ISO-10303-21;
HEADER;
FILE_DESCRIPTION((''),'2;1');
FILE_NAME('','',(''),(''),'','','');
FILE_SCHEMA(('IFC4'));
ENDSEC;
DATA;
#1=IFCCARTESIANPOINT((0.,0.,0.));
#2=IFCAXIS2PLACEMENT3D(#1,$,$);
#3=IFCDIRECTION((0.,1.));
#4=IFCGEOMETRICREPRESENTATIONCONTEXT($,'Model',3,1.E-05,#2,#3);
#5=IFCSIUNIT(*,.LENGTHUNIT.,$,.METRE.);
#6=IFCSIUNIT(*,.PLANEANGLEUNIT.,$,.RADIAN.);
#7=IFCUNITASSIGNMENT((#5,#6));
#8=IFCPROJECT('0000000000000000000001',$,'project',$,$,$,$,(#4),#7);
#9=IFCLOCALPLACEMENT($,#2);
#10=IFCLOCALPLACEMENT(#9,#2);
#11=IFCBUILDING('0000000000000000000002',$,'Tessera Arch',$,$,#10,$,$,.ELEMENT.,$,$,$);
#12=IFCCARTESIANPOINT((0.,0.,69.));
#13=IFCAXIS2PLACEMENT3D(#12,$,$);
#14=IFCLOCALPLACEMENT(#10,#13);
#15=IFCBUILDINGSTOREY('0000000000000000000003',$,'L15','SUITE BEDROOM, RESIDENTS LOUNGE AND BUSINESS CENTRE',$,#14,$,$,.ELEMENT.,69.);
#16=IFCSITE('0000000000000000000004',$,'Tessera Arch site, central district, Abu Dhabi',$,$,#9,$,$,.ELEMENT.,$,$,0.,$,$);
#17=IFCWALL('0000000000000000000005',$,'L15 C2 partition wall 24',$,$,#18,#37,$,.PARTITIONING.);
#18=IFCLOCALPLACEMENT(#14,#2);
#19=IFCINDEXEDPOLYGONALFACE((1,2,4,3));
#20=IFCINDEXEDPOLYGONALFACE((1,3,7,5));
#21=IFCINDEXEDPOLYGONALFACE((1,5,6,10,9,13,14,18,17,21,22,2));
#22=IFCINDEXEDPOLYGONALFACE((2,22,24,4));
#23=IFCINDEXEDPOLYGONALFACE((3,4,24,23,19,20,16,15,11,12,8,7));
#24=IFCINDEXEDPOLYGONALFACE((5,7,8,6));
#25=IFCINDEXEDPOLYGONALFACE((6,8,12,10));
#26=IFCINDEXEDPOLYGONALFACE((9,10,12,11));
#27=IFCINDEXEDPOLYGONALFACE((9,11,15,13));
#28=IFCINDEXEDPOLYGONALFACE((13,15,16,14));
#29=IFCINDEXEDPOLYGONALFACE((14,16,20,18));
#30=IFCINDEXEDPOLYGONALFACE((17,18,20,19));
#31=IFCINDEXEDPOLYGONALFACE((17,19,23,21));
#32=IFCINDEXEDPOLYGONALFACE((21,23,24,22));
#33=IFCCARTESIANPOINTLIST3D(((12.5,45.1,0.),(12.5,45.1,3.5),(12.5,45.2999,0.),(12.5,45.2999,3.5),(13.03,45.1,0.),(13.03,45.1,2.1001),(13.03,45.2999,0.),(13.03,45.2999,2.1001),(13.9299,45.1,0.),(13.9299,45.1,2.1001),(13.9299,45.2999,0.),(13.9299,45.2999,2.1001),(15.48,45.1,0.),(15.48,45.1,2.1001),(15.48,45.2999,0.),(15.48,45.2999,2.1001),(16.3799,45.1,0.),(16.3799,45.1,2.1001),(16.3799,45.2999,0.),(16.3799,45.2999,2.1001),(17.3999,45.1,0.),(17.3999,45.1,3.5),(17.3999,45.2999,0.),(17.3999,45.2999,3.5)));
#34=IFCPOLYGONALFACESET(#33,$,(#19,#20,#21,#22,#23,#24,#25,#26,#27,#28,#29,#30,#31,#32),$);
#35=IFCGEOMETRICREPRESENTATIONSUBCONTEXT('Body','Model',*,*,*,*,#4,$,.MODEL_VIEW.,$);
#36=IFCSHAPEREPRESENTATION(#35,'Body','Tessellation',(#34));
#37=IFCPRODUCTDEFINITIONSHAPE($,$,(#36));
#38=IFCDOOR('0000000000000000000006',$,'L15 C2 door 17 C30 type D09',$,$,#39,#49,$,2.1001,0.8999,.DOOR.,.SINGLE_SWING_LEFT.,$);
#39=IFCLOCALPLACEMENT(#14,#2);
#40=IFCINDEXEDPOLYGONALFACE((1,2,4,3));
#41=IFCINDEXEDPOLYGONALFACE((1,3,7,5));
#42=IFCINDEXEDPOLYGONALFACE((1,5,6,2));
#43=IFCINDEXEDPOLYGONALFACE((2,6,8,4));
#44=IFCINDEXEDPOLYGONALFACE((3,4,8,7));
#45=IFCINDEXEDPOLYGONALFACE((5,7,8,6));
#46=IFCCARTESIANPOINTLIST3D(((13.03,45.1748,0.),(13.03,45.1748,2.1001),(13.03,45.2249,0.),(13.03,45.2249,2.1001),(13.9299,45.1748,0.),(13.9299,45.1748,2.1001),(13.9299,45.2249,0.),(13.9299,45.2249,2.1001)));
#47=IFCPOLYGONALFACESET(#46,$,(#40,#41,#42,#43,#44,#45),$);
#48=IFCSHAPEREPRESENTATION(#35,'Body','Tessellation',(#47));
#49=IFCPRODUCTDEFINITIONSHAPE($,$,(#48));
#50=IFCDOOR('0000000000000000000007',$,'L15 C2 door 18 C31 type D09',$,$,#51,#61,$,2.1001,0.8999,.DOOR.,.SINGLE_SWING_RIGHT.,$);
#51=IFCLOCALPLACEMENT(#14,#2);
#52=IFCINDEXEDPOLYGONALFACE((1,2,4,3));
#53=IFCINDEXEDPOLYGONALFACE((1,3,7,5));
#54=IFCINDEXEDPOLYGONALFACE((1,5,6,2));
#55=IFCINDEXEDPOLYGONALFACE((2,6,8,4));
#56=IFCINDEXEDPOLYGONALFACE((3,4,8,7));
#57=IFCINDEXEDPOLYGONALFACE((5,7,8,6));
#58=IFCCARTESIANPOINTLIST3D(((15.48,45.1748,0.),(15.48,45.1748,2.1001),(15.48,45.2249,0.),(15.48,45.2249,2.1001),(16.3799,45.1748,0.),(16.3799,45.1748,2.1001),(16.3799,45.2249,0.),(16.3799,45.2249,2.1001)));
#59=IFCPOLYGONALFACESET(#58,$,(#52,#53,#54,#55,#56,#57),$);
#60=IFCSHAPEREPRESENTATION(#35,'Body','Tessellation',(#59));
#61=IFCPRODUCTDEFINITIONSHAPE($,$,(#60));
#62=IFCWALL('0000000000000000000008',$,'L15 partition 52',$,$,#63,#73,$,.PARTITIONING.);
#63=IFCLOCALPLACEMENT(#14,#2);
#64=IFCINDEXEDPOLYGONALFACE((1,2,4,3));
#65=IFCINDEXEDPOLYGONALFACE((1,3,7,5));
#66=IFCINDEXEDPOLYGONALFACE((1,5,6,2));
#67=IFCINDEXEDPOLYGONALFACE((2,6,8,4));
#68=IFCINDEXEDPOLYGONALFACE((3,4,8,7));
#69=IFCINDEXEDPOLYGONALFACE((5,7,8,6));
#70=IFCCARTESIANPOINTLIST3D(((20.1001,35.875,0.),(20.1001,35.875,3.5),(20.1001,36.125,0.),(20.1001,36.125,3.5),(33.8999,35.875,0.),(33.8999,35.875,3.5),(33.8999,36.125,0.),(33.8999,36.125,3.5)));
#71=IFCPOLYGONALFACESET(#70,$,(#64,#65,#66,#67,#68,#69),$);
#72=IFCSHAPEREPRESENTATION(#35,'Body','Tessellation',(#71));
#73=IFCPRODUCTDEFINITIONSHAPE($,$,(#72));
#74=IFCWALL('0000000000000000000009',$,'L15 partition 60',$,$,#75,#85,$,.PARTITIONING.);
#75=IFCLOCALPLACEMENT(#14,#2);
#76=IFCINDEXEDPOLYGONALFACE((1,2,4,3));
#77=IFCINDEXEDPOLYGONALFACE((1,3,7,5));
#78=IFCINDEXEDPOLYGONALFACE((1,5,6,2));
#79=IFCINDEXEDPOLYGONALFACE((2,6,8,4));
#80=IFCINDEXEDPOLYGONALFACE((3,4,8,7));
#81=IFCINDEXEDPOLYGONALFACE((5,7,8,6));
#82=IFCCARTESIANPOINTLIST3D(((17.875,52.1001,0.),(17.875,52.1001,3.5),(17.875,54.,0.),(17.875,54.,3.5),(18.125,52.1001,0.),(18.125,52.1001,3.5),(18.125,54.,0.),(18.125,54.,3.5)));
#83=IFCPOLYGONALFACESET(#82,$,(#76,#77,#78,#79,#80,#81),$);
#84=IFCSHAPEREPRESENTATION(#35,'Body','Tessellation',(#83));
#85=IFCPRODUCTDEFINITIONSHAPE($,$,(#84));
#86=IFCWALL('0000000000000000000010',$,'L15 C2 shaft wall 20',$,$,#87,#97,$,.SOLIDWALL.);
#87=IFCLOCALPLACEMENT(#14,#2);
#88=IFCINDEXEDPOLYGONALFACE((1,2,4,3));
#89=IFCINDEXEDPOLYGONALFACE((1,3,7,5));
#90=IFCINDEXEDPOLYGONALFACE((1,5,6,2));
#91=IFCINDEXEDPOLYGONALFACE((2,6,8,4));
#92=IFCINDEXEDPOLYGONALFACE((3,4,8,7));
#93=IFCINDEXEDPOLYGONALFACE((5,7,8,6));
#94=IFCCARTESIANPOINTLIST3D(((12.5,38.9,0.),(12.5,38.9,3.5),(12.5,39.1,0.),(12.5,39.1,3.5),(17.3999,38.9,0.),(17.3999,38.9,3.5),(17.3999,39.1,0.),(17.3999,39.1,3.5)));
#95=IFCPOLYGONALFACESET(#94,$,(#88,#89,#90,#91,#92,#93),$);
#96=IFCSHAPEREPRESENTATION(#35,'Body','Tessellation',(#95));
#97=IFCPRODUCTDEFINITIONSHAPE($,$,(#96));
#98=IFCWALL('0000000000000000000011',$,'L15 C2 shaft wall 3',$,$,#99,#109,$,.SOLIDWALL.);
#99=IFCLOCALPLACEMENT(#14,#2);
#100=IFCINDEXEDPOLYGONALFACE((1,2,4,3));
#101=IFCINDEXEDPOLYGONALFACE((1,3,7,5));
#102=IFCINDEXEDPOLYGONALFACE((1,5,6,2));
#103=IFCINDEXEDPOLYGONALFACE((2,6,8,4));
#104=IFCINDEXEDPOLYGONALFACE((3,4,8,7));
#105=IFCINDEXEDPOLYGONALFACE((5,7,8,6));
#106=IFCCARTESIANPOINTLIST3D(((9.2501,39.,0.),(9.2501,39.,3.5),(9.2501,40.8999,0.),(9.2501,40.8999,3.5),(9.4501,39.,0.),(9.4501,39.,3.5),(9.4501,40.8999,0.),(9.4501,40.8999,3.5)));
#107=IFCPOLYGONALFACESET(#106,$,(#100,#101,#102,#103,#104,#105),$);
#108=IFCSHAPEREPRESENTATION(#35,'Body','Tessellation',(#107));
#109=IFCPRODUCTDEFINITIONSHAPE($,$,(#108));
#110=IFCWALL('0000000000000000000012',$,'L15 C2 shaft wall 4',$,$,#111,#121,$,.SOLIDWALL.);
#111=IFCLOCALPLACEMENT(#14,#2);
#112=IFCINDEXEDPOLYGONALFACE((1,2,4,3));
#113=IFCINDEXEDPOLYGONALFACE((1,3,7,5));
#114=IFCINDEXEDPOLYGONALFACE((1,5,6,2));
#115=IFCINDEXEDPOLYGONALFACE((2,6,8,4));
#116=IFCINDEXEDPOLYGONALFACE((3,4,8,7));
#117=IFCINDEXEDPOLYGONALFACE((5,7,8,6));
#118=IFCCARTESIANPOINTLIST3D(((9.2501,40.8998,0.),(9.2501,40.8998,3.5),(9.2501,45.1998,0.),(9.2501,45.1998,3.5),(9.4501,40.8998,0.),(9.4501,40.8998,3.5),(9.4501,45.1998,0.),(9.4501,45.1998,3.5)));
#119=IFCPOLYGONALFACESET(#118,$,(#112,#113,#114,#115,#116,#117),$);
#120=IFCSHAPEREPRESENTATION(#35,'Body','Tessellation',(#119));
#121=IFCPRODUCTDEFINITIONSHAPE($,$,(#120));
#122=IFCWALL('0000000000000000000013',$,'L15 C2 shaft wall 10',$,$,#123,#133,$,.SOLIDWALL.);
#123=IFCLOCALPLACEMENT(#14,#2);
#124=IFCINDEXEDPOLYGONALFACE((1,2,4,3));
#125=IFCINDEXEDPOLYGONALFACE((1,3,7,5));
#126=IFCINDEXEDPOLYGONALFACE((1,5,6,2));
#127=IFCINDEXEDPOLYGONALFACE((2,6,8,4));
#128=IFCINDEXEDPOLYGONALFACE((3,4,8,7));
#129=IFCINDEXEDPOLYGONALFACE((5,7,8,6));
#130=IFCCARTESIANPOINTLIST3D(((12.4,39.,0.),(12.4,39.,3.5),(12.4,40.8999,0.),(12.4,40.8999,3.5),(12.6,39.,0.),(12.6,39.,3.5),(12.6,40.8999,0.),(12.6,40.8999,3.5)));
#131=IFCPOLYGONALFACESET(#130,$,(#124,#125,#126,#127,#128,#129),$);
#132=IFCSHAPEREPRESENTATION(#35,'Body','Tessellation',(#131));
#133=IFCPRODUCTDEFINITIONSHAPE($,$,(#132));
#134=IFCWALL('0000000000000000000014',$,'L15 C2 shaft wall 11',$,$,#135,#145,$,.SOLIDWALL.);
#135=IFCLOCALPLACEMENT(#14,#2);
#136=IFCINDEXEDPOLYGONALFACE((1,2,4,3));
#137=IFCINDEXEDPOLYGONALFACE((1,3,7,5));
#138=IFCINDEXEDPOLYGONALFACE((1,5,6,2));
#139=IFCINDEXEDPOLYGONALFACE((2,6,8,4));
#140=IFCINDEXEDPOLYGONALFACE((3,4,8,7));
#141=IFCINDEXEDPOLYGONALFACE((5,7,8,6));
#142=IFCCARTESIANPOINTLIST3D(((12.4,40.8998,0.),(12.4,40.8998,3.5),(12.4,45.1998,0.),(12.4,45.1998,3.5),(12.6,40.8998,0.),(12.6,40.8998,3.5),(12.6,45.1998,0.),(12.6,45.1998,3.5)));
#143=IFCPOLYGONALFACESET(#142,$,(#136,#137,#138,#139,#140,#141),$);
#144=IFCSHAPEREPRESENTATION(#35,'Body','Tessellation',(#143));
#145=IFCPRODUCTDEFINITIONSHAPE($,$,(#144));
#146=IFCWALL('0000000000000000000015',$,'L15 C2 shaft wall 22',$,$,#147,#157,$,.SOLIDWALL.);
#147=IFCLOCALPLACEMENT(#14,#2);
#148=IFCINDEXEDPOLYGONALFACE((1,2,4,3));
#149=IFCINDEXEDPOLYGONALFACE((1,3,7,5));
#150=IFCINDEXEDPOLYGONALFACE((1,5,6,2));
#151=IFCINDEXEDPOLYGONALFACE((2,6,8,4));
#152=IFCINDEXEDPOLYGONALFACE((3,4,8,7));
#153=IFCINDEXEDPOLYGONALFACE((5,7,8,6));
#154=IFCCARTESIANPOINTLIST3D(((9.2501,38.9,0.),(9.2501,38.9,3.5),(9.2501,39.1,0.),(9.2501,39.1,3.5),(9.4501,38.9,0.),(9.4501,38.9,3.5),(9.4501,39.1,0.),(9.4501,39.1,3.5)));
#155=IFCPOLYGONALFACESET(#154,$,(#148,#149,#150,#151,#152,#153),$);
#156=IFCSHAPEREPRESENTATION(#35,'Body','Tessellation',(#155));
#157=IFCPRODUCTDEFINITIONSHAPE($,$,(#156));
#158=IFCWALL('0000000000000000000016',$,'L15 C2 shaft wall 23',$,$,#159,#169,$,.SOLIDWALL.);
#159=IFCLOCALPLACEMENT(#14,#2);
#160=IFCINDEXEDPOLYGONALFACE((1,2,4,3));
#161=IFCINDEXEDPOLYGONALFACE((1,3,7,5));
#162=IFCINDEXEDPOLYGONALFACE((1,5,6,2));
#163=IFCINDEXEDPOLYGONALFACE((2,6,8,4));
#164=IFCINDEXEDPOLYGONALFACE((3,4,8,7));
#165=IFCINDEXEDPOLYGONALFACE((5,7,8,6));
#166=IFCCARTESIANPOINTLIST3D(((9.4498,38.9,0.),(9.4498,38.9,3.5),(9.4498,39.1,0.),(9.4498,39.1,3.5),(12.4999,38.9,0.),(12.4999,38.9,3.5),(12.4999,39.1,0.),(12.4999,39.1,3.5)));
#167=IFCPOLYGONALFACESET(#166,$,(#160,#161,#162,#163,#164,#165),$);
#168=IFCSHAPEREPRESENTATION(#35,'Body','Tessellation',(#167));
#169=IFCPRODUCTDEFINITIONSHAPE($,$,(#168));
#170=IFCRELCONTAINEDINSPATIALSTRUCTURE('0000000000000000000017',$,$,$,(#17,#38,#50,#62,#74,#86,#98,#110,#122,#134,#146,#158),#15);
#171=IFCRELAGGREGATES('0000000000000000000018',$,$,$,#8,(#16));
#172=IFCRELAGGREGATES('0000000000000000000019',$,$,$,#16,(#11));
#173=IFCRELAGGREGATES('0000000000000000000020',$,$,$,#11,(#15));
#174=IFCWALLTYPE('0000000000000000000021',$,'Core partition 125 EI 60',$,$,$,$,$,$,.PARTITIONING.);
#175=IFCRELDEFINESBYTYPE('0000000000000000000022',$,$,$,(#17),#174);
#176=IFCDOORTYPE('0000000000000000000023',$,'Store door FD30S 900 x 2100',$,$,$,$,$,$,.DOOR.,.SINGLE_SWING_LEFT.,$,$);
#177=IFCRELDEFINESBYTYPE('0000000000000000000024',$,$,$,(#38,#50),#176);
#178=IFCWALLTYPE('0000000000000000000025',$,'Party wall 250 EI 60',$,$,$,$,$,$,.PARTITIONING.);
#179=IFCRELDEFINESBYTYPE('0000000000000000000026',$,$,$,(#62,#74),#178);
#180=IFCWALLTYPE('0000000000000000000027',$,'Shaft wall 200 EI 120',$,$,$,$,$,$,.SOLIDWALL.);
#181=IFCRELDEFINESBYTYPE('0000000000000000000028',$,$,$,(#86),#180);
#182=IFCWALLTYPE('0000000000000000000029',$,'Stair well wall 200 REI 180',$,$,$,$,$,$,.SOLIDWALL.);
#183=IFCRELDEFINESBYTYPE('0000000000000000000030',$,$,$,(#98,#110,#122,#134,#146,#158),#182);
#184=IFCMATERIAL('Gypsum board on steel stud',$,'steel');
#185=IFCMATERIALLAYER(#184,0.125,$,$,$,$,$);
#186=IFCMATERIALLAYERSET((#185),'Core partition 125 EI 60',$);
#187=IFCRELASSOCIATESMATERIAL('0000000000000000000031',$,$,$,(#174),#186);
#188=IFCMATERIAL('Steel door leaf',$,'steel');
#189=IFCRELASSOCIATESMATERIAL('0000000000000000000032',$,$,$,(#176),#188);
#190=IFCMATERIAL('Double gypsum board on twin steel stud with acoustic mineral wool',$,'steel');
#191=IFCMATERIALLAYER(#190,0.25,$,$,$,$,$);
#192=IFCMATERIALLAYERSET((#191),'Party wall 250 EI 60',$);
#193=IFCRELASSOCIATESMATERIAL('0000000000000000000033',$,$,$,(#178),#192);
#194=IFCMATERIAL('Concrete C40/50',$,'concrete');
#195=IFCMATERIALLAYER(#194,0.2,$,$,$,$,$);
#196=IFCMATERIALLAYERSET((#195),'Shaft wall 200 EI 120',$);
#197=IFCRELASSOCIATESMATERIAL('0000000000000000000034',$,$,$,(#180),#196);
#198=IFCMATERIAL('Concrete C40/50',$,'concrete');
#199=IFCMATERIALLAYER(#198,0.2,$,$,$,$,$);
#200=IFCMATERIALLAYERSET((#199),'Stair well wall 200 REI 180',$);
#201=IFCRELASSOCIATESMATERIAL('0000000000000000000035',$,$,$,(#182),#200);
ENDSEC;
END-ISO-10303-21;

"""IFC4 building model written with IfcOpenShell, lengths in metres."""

from ifc_helpers import new_model, si_unit, direction, frame, frame_2d, origin, place, context, subcontext, project, spatial, rectangle, extrude, material, layer, layer_set, type_object, element, fill, save


model = new_model("IFC4")

# Units and contexts
model_context = context("Model", 3, precision=1e-05, world=origin(), true_north=direction((0.0, 1.0)))
body_context = subcontext(model_context, "Body", "Model", "MODEL_VIEW")
ifc_project = project(units=[si_unit("LENGTHUNIT", "METRE"), si_unit("PLANEANGLEUNIT", "RADIAN")], contexts=[model_context])

# Site, building, storey
site_placement = place(None, origin())
site = spatial("IfcSite", under=ifc_project, at=site_placement, Name="Tessera Arch site, central district, Abu Dhabi", CompositionType="ELEMENT", RefElevation=0.0)
building_placement = place(site_placement, origin())
building = spatial("IfcBuilding", under=site, at=building_placement, Name="Tessera Arch", CompositionType="ELEMENT")
storey_placement = place(building_placement, frame((0.0, 0.0, 69.0)))
storey = spatial("IfcBuildingStorey", under=building, at=storey_placement, Name="L15", Description="SUITE BEDROOM, RESIDENTS LOUNGE AND BUSINESS CENTRE", CompositionType="ELEMENT", Elevation=69.0)

# Shared definitions
ifc_material_1 = material(Name="Gypsum board on steel stud", Category="steel")
ifc_layer_1 = layer(ifc_material_1, 0.125)
ifc_layer_set_1 = layer_set([ifc_layer_1], Name="Core partition 125 EI 60")
wall_type_1 = type_object("IfcWallType", Name="Core partition 125 EI 60", PredefinedType="PARTITIONING", material=ifc_layer_set_1)

# Wall, openings, doors
wall_1_placement = place(storey_placement, frame((12.5, 45.2, 0.0), z_axis=(0.0, 0.0, 1.0), x_axis=(1.0, 0.0, 0.0)))
wall_1 = element("IfcWall", 1, at=wall_1_placement, inside=storey, type_object=wall_type_1, Name="L15 C2 partition wall 24", PredefinedType="PARTITIONING", context=body_context, shape_type="SweptSolid", body=[
    extrude(rectangle(XDim=4.8999, YDim=0.2, at=frame_2d((2.45, 0.0))), origin(), (0.0, 0.0, 1.0), 3.5),
])
opening_1_placement = place(wall_1_placement, frame((0.53, 0.0, 0.0)))
opening_1 = element("IfcOpeningElement", 2, at=opening_1_placement, cuts=wall_1, PredefinedType="OPENING", context=body_context, shape_type="SweptSolid", body=[
    extrude(rectangle(XDim=0.8999, YDim=2.1001, at=frame_2d((0.45, 1.05))), frame((0.0, 0.1099, 0.0), z_axis=(0.0, -1.0, 0.0), x_axis=(1.0, 0.0, 0.0)), (0.0, 0.0, 1.0), 0.22),
])
opening_2_placement = place(wall_1_placement, frame((2.98, 0.0, 0.0)))
opening_2 = element("IfcOpeningElement", 3, at=opening_2_placement, cuts=wall_1, PredefinedType="OPENING", context=body_context, shape_type="SweptSolid", body=[
    extrude(rectangle(XDim=0.8999, YDim=2.1001, at=frame_2d((0.45, 1.05))), frame((0.0, 0.1099, 0.0), z_axis=(0.0, -1.0, 0.0), x_axis=(1.0, 0.0, 0.0)), (0.0, 0.0, 1.0), 0.22),
])
ifc_material_2 = material(Name="Steel door leaf", Category="steel")
door_type = type_object("IfcDoorType", Name="Store door FD30S 900 x 2100", OperationType="SINGLE_SWING_LEFT", PredefinedType="DOOR", material=ifc_material_2)
door_1_placement = place(opening_1_placement, origin())
door_1 = element("IfcDoor", 4, at=door_1_placement, inside=storey, type_object=door_type, Name="L15 C2 door 17 C30 type D09", OperationType="SINGLE_SWING_LEFT", OverallHeight=2.1001, OverallWidth=0.8999, PredefinedType="DOOR", context=body_context, shape_type="SweptSolid", body=[
    extrude(rectangle(XDim=0.8999, YDim=2.1001, at=frame_2d((0.45, 1.05))), frame((0.0, 0.0249, 0.0), z_axis=(0.0, -1.0, 0.0), x_axis=(1.0, 0.0, 0.0)), (0.0, 0.0, 1.0), 0.05),
])
fill(opening_1, door_1)
door_2_placement = place(opening_2_placement, origin())
door_2 = element("IfcDoor", 5, at=door_2_placement, inside=storey, type_object=door_type, Name="L15 C2 door 18 C31 type D09", OperationType="SINGLE_SWING_RIGHT", OverallHeight=2.1001, OverallWidth=0.8999, PredefinedType="DOOR", context=body_context, shape_type="SweptSolid", body=[
    extrude(rectangle(XDim=0.8999, YDim=2.1001, at=frame_2d((0.45, 1.05))), frame((0.0, 0.0249, 0.0), z_axis=(0.0, -1.0, 0.0), x_axis=(1.0, 0.0, 0.0)), (0.0, 0.0, 1.0), 0.05),
])
fill(opening_2, door_2)

# Walls
ifc_material_3 = material(Name="Double gypsum board on twin steel stud with acoustic mineral wool", Category="steel")
ifc_layer_2 = layer(ifc_material_3, 0.25)
ifc_layer_set_2 = layer_set([ifc_layer_2], Name="Party wall 250 EI 60")
wall_type_2 = type_object("IfcWallType", Name="Party wall 250 EI 60", PredefinedType="PARTITIONING", material=ifc_layer_set_2)
wall_2_placement = place(storey_placement, frame((20.1001, 36.0, 0.0), z_axis=(0.0, 0.0, 1.0), x_axis=(1.0, 0.0, 0.0)))
element("IfcWall", 6, at=wall_2_placement, inside=storey, type_object=wall_type_2, Name="L15 partition 52", PredefinedType="PARTITIONING", context=body_context, shape_type="SweptSolid", body=[
    extrude(rectangle(XDim=13.7998, YDim=0.25, at=frame_2d((6.8999, 0.0))), origin(), (0.0, 0.0, 1.0), 3.5),
])
wall_3_placement = place(storey_placement, frame((18.0, 52.1001, 0.0), z_axis=(0.0, 0.0, 1.0), x_axis=(0.0, 1.0, 0.0)))
element("IfcWall", 7, at=wall_3_placement, inside=storey, type_object=wall_type_2, Name="L15 partition 60", PredefinedType="PARTITIONING", context=body_context, shape_type="SweptSolid", body=[
    extrude(rectangle(XDim=1.8999, YDim=0.25, at=frame_2d((0.95, 0.0))), origin(), (0.0, 0.0, 1.0), 3.5),
])
ifc_material_4 = material(Name="Concrete C40/50", Category="concrete")
ifc_layer_3 = layer(ifc_material_4, 0.2)
ifc_layer_set_3 = layer_set([ifc_layer_3], Name="Shaft wall 200 EI 120")
wall_type_3 = type_object("IfcWallType", Name="Shaft wall 200 EI 120", PredefinedType="SOLIDWALL", material=ifc_layer_set_3)
wall_4_placement = place(storey_placement, frame((12.5, 39.0, 0.0), z_axis=(0.0, 0.0, 1.0), x_axis=(1.0, 0.0, 0.0)))
element("IfcWall", 8, at=wall_4_placement, inside=storey, type_object=wall_type_3, Name="L15 C2 shaft wall 20", PredefinedType="SOLIDWALL", context=body_context, shape_type="SweptSolid", body=[
    extrude(rectangle(XDim=4.8999, YDim=0.2, at=frame_2d((2.45, 0.0))), origin(), (0.0, 0.0, 1.0), 3.5),
])
ifc_material_5 = material(Name="Concrete C40/50", Category="concrete")
ifc_layer_4 = layer(ifc_material_5, 0.2)
ifc_layer_set_4 = layer_set([ifc_layer_4], Name="Stair well wall 200 REI 180")
wall_type_4 = type_object("IfcWallType", Name="Stair well wall 200 REI 180", PredefinedType="SOLIDWALL", material=ifc_layer_set_4)
wall_5_placement = place(storey_placement, frame((9.3501, 39.0, 0.0), z_axis=(0.0, 0.0, 1.0), x_axis=(0.0, 1.0, 0.0)))
element("IfcWall", 9, at=wall_5_placement, inside=storey, type_object=wall_type_4, Name="L15 C2 shaft wall 3", PredefinedType="SOLIDWALL", context=body_context, shape_type="SweptSolid", body=[
    extrude(rectangle(XDim=1.8999, YDim=0.2, at=frame_2d((0.95, 0.0))), origin(), (0.0, 0.0, 1.0), 3.5),
])
wall_6_placement = place(storey_placement, frame((9.3501, 40.8999, 0.0), z_axis=(0.0, 0.0, 1.0), x_axis=(0.0, 1.0, 0.0)))
element("IfcWall", 10, at=wall_6_placement, inside=storey, type_object=wall_type_4, Name="L15 C2 shaft wall 4", PredefinedType="SOLIDWALL", context=body_context, shape_type="SweptSolid", body=[
    extrude(rectangle(XDim=4.3, YDim=0.2, at=frame_2d((2.1499, 0.0))), origin(), (0.0, 0.0, 1.0), 3.5),
])
wall_7_placement = place(storey_placement, frame((12.5, 39.0, 0.0), z_axis=(0.0, 0.0, 1.0), x_axis=(0.0, 1.0, 0.0)))
element("IfcWall", 11, at=wall_7_placement, inside=storey, type_object=wall_type_4, Name="L15 C2 shaft wall 10", PredefinedType="SOLIDWALL", context=body_context, shape_type="SweptSolid", body=[
    extrude(rectangle(XDim=1.8999, YDim=0.2, at=frame_2d((0.95, 0.0))), origin(), (0.0, 0.0, 1.0), 3.5),
])
wall_8_placement = place(storey_placement, frame((12.5, 40.8999, 0.0), z_axis=(0.0, 0.0, 1.0), x_axis=(0.0, 1.0, 0.0)))
element("IfcWall", 12, at=wall_8_placement, inside=storey, type_object=wall_type_4, Name="L15 C2 shaft wall 11", PredefinedType="SOLIDWALL", context=body_context, shape_type="SweptSolid", body=[
    extrude(rectangle(XDim=4.3, YDim=0.2, at=frame_2d((2.1499, 0.0))), origin(), (0.0, 0.0, 1.0), 3.5),
])
wall_9_placement = place(storey_placement, frame((9.25, 39.0, 0.0), z_axis=(0.0, 0.0, 1.0), x_axis=(1.0, 0.0, 0.0)))
element("IfcWall", 13, at=wall_9_placement, inside=storey, type_object=wall_type_4, Name="L15 C2 shaft wall 22", PredefinedType="SOLIDWALL", context=body_context, shape_type="SweptSolid", body=[
    extrude(rectangle(XDim=0.2, YDim=0.2, at=frame_2d((0.1001, 0.0))), origin(), (0.0, 0.0, 1.0), 3.5),
])
wall_10_placement = place(storey_placement, frame((9.45, 39.0, 0.0), z_axis=(0.0, 0.0, 1.0), x_axis=(1.0, 0.0, 0.0)))
element("IfcWall", 14, at=wall_10_placement, inside=storey, type_object=wall_type_4, Name="L15 C2 shaft wall 23", PredefinedType="SOLIDWALL", context=body_context, shape_type="SweptSolid", body=[
    extrude(rectangle(XDim=3.05, YDim=0.2, at=frame_2d((1.5249, 0.0))), origin(), (0.0, 0.0, 1.0), 3.5),
])

save(model, "model.ifc")
